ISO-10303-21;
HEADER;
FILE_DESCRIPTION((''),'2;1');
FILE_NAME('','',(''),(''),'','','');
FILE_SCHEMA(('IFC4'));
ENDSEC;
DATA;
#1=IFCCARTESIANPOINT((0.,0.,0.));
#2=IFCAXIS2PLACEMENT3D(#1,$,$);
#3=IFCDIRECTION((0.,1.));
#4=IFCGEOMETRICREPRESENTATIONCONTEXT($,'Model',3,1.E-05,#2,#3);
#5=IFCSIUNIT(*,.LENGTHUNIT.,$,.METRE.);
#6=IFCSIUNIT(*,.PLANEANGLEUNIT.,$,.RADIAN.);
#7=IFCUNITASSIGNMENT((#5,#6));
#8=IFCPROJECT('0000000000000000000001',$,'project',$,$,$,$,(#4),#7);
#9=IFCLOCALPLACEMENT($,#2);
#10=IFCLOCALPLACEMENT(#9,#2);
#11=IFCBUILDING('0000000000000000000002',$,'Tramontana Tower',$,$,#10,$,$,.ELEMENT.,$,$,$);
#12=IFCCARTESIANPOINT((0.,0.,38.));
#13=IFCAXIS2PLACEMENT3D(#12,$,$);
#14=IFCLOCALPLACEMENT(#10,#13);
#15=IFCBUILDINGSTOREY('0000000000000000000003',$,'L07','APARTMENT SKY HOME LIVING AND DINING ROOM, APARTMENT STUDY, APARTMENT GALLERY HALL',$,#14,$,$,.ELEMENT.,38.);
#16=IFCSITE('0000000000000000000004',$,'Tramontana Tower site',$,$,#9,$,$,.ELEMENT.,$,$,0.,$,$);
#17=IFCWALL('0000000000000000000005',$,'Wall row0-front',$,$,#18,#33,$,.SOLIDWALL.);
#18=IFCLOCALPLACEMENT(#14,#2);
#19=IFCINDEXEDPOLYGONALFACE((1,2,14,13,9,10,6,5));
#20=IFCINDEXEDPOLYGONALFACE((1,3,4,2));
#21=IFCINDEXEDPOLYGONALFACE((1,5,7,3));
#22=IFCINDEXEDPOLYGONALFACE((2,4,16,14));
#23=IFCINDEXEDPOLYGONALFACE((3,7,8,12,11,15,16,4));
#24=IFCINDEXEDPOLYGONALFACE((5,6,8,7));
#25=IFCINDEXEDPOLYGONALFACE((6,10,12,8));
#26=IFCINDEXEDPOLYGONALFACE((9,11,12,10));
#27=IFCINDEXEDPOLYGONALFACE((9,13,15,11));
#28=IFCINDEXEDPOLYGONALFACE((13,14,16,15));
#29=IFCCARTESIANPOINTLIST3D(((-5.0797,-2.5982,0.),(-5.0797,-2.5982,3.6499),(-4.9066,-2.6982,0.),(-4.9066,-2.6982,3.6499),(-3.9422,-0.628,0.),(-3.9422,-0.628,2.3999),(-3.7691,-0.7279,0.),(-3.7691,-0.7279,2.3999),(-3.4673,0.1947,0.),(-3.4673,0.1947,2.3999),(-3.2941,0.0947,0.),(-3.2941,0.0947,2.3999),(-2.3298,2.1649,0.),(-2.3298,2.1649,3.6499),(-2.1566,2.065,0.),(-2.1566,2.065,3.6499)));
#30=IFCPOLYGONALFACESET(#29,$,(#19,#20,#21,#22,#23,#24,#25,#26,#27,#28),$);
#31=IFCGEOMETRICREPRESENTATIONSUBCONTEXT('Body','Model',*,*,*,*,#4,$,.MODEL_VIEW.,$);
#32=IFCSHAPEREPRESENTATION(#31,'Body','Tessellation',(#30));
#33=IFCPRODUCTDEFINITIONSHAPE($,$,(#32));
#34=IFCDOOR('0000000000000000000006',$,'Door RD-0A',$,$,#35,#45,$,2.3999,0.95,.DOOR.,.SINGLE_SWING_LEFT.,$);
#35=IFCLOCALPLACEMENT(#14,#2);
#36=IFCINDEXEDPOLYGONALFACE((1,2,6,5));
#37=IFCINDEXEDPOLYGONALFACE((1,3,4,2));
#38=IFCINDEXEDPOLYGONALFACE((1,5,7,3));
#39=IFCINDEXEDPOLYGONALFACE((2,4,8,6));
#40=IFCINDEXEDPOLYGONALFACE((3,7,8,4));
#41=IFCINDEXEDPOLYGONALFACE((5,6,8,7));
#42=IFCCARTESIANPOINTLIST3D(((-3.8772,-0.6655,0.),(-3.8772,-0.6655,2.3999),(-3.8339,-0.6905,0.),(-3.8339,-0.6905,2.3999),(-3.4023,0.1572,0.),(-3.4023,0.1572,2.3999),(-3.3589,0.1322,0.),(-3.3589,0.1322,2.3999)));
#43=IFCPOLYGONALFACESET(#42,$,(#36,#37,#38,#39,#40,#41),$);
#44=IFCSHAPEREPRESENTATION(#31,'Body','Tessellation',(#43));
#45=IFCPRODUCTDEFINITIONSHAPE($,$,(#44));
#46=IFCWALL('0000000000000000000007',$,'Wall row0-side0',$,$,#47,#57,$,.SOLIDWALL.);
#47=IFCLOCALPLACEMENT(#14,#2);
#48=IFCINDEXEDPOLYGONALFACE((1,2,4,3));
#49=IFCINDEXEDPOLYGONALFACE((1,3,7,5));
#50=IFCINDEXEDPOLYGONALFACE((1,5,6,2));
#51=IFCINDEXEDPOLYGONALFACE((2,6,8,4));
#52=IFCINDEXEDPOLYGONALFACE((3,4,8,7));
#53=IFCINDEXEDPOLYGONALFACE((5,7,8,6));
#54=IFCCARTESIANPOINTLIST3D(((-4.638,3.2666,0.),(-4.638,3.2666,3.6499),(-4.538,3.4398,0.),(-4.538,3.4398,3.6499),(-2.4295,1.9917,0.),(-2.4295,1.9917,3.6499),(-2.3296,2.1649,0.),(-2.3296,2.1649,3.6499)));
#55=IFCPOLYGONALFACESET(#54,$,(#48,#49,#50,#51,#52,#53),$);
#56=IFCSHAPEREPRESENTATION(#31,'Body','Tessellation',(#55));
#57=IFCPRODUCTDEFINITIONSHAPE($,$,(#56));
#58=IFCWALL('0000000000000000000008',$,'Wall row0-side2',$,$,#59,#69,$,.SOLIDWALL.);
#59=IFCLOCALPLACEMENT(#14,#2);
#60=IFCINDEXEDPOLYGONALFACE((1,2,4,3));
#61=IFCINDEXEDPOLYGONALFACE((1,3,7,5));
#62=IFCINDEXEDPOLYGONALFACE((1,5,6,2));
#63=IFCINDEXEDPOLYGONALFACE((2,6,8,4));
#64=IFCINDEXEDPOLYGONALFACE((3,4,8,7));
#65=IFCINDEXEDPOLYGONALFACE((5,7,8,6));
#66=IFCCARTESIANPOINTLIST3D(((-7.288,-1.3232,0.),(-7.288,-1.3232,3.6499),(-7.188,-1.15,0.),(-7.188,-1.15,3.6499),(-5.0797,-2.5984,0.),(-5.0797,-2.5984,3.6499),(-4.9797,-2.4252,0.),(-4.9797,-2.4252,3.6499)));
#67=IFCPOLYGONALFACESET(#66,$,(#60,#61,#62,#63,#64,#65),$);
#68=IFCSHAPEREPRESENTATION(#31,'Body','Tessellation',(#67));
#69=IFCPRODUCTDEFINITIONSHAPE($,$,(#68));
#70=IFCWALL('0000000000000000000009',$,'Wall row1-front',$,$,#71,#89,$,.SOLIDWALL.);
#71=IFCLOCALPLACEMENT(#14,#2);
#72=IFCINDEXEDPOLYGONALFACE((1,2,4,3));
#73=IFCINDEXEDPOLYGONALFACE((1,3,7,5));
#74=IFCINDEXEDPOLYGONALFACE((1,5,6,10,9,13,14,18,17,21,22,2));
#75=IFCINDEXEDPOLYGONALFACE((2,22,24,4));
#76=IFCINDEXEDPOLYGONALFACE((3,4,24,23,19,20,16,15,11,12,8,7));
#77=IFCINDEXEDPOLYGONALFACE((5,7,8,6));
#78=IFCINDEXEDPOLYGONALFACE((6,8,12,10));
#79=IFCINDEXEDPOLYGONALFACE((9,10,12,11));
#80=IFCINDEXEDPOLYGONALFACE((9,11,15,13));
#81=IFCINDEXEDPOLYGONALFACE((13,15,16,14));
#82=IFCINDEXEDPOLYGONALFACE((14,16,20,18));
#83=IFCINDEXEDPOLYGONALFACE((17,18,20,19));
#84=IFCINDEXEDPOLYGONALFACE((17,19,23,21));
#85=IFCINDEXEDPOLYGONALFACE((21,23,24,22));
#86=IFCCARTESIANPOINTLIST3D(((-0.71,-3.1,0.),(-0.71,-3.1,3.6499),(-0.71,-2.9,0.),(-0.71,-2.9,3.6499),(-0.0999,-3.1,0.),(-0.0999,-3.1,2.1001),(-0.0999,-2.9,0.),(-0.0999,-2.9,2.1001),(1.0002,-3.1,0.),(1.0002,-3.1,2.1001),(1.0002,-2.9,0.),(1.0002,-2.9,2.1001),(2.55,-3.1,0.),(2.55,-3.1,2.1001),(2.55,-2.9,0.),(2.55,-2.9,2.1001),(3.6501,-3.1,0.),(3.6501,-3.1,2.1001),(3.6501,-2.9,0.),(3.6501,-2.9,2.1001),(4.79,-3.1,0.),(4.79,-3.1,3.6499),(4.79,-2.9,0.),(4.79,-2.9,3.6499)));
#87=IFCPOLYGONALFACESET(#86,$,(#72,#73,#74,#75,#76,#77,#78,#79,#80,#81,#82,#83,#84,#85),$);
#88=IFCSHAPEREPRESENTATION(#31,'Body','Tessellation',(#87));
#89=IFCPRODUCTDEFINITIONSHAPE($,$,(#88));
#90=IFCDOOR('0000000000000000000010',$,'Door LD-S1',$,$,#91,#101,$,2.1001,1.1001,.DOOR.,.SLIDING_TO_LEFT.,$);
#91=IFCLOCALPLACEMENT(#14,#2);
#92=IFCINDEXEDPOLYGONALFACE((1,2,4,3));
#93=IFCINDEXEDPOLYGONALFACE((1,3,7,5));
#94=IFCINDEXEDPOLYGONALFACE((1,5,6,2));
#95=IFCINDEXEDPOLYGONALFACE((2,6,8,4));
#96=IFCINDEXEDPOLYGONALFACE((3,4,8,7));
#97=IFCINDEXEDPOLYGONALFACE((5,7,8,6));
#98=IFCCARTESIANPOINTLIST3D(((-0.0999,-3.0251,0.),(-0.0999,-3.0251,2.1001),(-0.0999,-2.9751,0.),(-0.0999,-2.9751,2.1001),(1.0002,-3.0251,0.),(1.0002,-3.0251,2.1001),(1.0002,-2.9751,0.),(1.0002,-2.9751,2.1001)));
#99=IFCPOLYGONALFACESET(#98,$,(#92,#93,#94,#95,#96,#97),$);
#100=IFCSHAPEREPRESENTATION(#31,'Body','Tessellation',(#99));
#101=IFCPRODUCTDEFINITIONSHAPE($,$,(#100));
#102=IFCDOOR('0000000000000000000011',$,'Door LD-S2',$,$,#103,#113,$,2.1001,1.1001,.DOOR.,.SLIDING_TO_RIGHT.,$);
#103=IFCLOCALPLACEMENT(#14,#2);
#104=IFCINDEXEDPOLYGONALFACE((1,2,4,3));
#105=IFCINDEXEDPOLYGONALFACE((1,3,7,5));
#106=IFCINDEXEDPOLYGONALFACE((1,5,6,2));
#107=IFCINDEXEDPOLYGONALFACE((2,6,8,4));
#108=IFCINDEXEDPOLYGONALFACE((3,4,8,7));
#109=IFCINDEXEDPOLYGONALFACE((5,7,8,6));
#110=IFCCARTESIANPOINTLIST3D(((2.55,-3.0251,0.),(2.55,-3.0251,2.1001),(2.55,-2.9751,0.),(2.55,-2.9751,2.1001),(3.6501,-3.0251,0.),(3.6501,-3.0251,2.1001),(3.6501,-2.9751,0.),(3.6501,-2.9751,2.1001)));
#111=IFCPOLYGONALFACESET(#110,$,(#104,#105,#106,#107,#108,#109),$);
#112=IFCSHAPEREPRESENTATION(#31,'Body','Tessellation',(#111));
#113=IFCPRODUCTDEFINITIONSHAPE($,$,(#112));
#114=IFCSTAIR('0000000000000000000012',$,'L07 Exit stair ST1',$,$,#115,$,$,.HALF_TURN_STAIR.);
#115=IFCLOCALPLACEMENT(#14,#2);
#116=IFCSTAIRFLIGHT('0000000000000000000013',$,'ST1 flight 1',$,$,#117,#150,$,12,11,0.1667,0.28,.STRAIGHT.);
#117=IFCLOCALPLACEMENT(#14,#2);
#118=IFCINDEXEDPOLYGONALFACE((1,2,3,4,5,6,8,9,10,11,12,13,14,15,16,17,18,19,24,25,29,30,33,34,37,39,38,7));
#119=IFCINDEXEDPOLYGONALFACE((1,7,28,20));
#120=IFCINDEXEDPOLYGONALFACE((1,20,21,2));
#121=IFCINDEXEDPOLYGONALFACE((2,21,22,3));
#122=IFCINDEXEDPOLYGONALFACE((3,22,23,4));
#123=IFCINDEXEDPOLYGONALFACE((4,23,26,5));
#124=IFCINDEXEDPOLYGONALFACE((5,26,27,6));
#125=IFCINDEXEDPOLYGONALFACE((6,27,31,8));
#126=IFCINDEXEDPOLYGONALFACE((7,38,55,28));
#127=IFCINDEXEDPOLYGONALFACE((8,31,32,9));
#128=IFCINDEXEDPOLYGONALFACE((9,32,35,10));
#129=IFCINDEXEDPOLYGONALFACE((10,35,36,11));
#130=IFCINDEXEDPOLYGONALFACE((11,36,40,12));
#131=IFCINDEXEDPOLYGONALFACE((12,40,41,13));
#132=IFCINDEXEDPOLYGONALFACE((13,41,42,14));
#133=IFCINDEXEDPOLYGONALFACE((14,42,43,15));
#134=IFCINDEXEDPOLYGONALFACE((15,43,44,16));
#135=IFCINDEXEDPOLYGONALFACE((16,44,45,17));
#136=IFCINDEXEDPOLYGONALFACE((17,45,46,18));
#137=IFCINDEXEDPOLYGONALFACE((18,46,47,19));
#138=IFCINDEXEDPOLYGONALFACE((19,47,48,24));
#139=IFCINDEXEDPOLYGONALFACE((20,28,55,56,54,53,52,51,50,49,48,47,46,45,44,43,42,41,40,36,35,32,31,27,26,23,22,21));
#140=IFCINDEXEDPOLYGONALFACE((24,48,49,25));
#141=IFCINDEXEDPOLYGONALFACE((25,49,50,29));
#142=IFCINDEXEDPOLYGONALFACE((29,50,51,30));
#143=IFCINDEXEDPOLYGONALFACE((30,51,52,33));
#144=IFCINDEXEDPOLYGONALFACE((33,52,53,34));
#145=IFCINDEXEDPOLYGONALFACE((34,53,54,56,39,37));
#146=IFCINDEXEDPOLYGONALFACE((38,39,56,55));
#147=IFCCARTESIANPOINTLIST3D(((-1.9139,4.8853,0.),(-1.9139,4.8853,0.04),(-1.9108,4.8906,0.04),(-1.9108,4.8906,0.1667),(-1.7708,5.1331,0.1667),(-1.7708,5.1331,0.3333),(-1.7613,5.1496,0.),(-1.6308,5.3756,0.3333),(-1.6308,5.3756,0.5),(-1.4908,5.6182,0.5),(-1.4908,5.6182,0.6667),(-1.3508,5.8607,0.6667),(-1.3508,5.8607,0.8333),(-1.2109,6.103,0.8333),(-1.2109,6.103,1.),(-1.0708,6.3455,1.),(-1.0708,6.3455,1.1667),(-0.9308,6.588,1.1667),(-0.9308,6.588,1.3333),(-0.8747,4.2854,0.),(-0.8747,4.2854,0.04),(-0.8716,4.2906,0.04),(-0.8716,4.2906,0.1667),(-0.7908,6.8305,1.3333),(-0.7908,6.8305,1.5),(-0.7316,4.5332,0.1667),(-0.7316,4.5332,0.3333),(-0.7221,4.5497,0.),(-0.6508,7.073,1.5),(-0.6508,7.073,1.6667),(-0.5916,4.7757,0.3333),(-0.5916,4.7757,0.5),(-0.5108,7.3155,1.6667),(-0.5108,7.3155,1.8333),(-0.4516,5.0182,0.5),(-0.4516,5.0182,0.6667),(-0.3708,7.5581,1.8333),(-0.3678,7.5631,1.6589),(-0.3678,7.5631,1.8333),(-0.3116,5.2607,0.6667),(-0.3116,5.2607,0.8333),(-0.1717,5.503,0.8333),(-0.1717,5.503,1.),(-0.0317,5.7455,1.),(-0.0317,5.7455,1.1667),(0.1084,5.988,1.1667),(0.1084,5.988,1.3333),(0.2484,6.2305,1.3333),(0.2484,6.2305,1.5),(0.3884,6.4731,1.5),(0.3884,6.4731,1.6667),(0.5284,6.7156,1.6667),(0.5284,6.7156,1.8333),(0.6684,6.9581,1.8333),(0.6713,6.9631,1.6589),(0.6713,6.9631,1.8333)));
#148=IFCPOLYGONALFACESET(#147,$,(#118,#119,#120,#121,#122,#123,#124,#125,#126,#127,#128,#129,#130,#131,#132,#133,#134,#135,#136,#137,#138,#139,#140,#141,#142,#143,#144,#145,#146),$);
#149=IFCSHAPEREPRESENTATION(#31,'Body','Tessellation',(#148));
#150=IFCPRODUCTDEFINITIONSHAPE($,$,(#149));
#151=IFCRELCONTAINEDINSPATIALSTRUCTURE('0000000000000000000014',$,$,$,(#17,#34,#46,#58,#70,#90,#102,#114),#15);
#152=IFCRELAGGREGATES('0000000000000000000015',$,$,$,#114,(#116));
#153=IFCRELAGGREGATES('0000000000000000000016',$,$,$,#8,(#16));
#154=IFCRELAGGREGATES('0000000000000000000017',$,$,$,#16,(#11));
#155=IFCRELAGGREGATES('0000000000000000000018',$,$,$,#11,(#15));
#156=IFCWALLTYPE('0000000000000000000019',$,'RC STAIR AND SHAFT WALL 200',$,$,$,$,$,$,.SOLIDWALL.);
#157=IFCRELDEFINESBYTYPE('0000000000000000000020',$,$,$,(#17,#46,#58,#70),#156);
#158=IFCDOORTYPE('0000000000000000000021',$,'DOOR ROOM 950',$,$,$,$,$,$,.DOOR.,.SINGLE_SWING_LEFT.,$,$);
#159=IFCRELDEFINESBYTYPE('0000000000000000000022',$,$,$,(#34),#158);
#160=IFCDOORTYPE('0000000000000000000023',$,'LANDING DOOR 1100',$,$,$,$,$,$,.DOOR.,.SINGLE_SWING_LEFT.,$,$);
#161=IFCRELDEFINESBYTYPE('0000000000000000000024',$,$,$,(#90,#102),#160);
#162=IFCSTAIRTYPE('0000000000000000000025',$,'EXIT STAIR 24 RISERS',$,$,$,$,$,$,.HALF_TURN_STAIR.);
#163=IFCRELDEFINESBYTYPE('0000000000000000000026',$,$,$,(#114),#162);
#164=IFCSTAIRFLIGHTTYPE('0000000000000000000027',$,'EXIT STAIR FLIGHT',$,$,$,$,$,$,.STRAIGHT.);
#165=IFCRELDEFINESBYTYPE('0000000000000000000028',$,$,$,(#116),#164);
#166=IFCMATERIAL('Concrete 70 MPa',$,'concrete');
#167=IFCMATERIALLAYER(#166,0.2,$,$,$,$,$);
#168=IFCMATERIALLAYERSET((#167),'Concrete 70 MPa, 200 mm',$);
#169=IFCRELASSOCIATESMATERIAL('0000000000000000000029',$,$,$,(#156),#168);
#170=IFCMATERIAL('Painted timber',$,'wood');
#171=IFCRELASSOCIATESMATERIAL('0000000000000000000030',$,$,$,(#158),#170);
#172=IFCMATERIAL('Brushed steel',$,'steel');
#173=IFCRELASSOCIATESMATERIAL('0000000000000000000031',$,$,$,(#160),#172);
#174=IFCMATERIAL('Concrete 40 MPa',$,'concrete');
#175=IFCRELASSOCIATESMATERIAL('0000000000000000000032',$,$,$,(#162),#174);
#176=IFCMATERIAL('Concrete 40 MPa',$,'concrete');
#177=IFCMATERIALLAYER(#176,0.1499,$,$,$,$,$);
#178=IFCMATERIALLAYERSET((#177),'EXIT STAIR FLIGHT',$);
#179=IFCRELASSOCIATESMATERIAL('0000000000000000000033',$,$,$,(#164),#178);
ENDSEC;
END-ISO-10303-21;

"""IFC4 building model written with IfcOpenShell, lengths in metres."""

from ifc_helpers import new_model, si_unit, direction, frame, frame_2d, origin, place, context, subcontext, project, spatial, polyline, rectangle, outline, extrude, material, layer, layer_set, type_object, element, fill, aggregate, save


model = new_model("IFC4")

# Units and contexts
model_context = context("Model", 3, precision=1e-05, world=origin(), true_north=direction((0.0, 1.0)))
body_context = subcontext(model_context, "Body", "Model", "MODEL_VIEW")
ifc_project = project(units=[si_unit("LENGTHUNIT", "METRE"), si_unit("PLANEANGLEUNIT", "RADIAN")], contexts=[model_context])

# Site, building, storey
site_placement = place(None, origin())
site = spatial("IfcSite", under=ifc_project, at=site_placement, Name="Tramontana Tower site", CompositionType="ELEMENT", RefElevation=0.0)
building_placement = place(site_placement, origin())
building = spatial("IfcBuilding", under=site, at=building_placement, Name="Tramontana Tower", CompositionType="ELEMENT")
storey_placement = place(building_placement, frame((0.0, 0.0, 38.0)))
storey = spatial("IfcBuildingStorey", under=building, at=storey_placement, Name="L07", Description="APARTMENT SKY HOME LIVING AND DINING ROOM, APARTMENT STUDY, APARTMENT GALLERY HALL", CompositionType="ELEMENT", Elevation=38.0)

# Shared definitions
ifc_material_1 = material(Name="Concrete 70 MPa", Category="concrete")
ifc_layer_1 = layer(ifc_material_1, 0.2)
ifc_layer_set_1 = layer_set([ifc_layer_1], Name="Concrete 70 MPa, 200 mm")
wall_type_1 = type_object("IfcWallType", Name="RC STAIR AND SHAFT WALL 200", PredefinedType="SOLIDWALL", material=ifc_layer_set_1)

# Wall, opening, door
wall_1_placement = place(storey_placement, frame((-4.9932, -2.6482, 0.0), z_axis=(0.0, 0.0, 1.0), x_axis=(0.499997, 0.866027, 0.0)))
wall_1 = element("IfcWall", 1, at=wall_1_placement, inside=storey, type_object=wall_type_1, Name="Wall row0-front", PredefinedType="SOLIDWALL", context=body_context, shape_type="SweptSolid", body=[
    extrude(rectangle(XDim=5.5, YDim=0.2, at=frame_2d((2.75, 0.0))), origin(), (0.0, 0.0, 1.0), 3.6499),
])
opening_1_placement = place(wall_1_placement, frame((2.2749, 0.0, 0.0)))
opening_1 = element("IfcOpeningElement", 2, at=opening_1_placement, cuts=wall_1, PredefinedType="OPENING", context=body_context, shape_type="SweptSolid", body=[
    extrude(rectangle(XDim=0.95, YDim=2.3999, at=frame_2d((0.4751, 1.2))), frame((0.0, 0.1099, 0.0), z_axis=(0.0, -1.0, 0.0), x_axis=(1.0, 0.0, 0.0)), (0.0, 0.0, 1.0), 0.22),
])
ifc_material_2 = material(Name="Painted timber", Category="wood")
door_type_1 = type_object("IfcDoorType", Name="DOOR ROOM 950", OperationType="SINGLE_SWING_LEFT", PredefinedType="DOOR", material=ifc_material_2)
door_1_placement = place(opening_1_placement, origin())
door_1 = element("IfcDoor", 3, at=door_1_placement, inside=storey, type_object=door_type_1, Name="Door RD-0A", OperationType="SINGLE_SWING_LEFT", OverallHeight=2.3999, OverallWidth=0.95, PredefinedType="DOOR", context=body_context, shape_type="SweptSolid", body=[
    extrude(rectangle(XDim=0.95, YDim=2.3999, at=frame_2d((0.4751, 1.2))), frame((0.0, 0.0249, 0.0), z_axis=(0.0, -1.0, 0.0), x_axis=(1.0, 0.0, 0.0)), (0.0, 0.0, 1.0), 0.05),
])
fill(opening_1, door_1)

# Walls
for number, where, z_axis, x_axis, name in (
    (4, (-2.3796, 2.0784, 0.0), (0.0, 0.0, 1.0), (-0.866055, 0.499949, 0.0), "Wall row0-side0"),
    (5, (-5.0298, -2.5117, 0.0), (0.0, 0.0, 1.0), (-0.865989, 0.500062, 0.0), "Wall row0-side2"),
):
    element("IfcWall", number, at=place(storey_placement, frame(where, z_axis=z_axis, x_axis=x_axis)), inside=storey, type_object=wall_type_1, Name=name, PredefinedType="SOLIDWALL", context=body_context, shape_type="SweptSolid", body=[
        extrude(rectangle(XDim=2.55, YDim=0.2, at=frame_2d((1.2749, 0.0))), origin(), (0.0, 0.0, 1.0), 3.6499),
    ])

# Wall, openings, doors
wall_2_placement = place(storey_placement, frame((-0.71, -3.0, 0.0), z_axis=(0.0, 0.0, 1.0), x_axis=(1.0, 0.0, 0.0)))
wall_2 = element("IfcWall", 6, at=wall_2_placement, inside=storey, type_object=wall_type_1, Name="Wall row1-front", PredefinedType="SOLIDWALL", context=body_context, shape_type="SweptSolid", body=[
    extrude(rectangle(XDim=5.5, YDim=0.2, at=frame_2d((2.75, 0.0))), origin(), (0.0, 0.0, 1.0), 3.6499),
])
opening_2_placement = place(wall_2_placement, frame((0.6101, 0.0, 0.0)))
opening_2 = element("IfcOpeningElement", 7, at=opening_2_placement, cuts=wall_2, PredefinedType="OPENING", context=body_context, shape_type="SweptSolid", body=[
    extrude(rectangle(XDim=1.1001, YDim=2.1001, at=frame_2d((0.55, 1.05))), frame((0.0, 0.1099, 0.0), z_axis=(0.0, -1.0, 0.0), x_axis=(1.0, 0.0, 0.0)), (0.0, 0.0, 1.0), 0.22),
])
opening_3_placement = place(wall_2_placement, frame((3.26, 0.0, 0.0)))
opening_3 = element("IfcOpeningElement", 8, at=opening_3_placement, cuts=wall_2, PredefinedType="OPENING", context=body_context, shape_type="SweptSolid", body=[
    extrude(rectangle(XDim=1.1001, YDim=2.1001, at=frame_2d((0.55, 1.05))), frame((0.0, 0.1099, 0.0), z_axis=(0.0, -1.0, 0.0), x_axis=(1.0, 0.0, 0.0)), (0.0, 0.0, 1.0), 0.22),
])
ifc_material_3 = material(Name="Brushed steel", Category="steel")
door_type_2 = type_object("IfcDoorType", Name="LANDING DOOR 1100", OperationType="SINGLE_SWING_LEFT", PredefinedType="DOOR", material=ifc_material_3)
door_2_placement = place(opening_2_placement, origin())
door_2 = element("IfcDoor", 9, at=door_2_placement, inside=storey, type_object=door_type_2, Name="Door LD-S1", OperationType="SLIDING_TO_LEFT", OverallHeight=2.1001, OverallWidth=1.1001, PredefinedType="DOOR", context=body_context, shape_type="SweptSolid", body=[
    extrude(rectangle(XDim=1.1001, YDim=2.1001, at=frame_2d((0.55, 1.05))), frame((0.0, 0.0249, 0.0), z_axis=(0.0, -1.0, 0.0), x_axis=(1.0, 0.0, 0.0)), (0.0, 0.0, 1.0), 0.05),
])
fill(opening_2, door_2)
door_3_placement = place(opening_3_placement, origin())
door_3 = element("IfcDoor", 10, at=door_3_placement, inside=storey, type_object=door_type_2, Name="Door LD-S2", OperationType="SLIDING_TO_RIGHT", OverallHeight=2.1001, OverallWidth=1.1001, PredefinedType="DOOR", context=body_context, shape_type="SweptSolid", body=[
    extrude(rectangle(XDim=1.1001, YDim=2.1001, at=frame_2d((0.55, 1.05))), frame((0.0, 0.0249, 0.0), z_axis=(0.0, -1.0, 0.0), x_axis=(1.0, 0.0, 0.0)), (0.0, 0.0, 1.0), 0.05),
])
fill(opening_3, door_3)

# Stair, stair flight
ifc_material_4 = material(Name="Concrete 40 MPa", Category="concrete")
stair_type = type_object("IfcStairType", Name="EXIT STAIR 24 RISERS", PredefinedType="HALF_TURN_STAIR", material=ifc_material_4)
stair_placement = place(storey_placement, origin())
stair = element("IfcStair", 11, at=stair_placement, inside=storey, type_object=stair_type, Name="L07 Exit stair ST1", PredefinedType="HALF_TURN_STAIR")
ifc_material_5 = material(Name="Concrete 40 MPa", Category="concrete")
ifc_layer_2 = layer(ifc_material_5, 0.1499)
ifc_layer_set_2 = layer_set([ifc_layer_2], Name="EXIT STAIR FLIGHT")
stair_flight_type = type_object("IfcStairFlightType", Name="EXIT STAIR FLIGHT", PredefinedType="STRAIGHT", material=ifc_layer_set_2)
stair_flight_1_placement = place(storey_placement, frame((-1.3911, 4.5906, 0.0), z_axis=(0.0, 0.0, 1.0), x_axis=(0.5, 0.866025, 0.0)))
stair_flight_1 = element("IfcStairFlight", 12, at=stair_flight_1_placement, type_object=stair_flight_type, Name="ST1 flight 1", NumberOfRisers=12, NumberOfTreads=11, PredefinedType="STRAIGHT", RiserHeight=0.1667, TreadLength=0.28, context=body_context, shape_type="SweptSolid", body=[
    extrude(outline(polyline([(-0.0061, 0.0), (-0.0061, 0.04), (0.0, 0.04), (0.0, 0.1667), (0.28, 0.1667), (0.28, 0.3333), (0.5601, 0.3333), (0.5601, 0.5), (0.8401, 0.5), (0.8401, 0.6667), (1.1201, 0.6667), (1.1201, 0.8333), (1.3999, 0.8333), (1.3999, 1.0), (1.6799, 1.0), (1.6799, 1.1667), (1.96, 1.1667), (1.96, 1.3333), (2.24, 1.3333), (2.24, 1.5), (2.52, 1.5), (2.52, 1.6667), (2.8, 1.6667), (2.8, 1.8333), (3.0801, 1.8333), (3.0859, 1.8333), (3.0859, 1.6589), (0.2991, 0.0), (-0.0061, 0.0)])), frame((0.0, 0.6001, 0.0), z_axis=(0.0, -1.0, 0.0), x_axis=(1.0, 0.0, 0.0)), (0.0, 0.0, 1.0), 1.2),
])
aggregate(stair, [stair_flight_1])

save(model, "model.ifc")
